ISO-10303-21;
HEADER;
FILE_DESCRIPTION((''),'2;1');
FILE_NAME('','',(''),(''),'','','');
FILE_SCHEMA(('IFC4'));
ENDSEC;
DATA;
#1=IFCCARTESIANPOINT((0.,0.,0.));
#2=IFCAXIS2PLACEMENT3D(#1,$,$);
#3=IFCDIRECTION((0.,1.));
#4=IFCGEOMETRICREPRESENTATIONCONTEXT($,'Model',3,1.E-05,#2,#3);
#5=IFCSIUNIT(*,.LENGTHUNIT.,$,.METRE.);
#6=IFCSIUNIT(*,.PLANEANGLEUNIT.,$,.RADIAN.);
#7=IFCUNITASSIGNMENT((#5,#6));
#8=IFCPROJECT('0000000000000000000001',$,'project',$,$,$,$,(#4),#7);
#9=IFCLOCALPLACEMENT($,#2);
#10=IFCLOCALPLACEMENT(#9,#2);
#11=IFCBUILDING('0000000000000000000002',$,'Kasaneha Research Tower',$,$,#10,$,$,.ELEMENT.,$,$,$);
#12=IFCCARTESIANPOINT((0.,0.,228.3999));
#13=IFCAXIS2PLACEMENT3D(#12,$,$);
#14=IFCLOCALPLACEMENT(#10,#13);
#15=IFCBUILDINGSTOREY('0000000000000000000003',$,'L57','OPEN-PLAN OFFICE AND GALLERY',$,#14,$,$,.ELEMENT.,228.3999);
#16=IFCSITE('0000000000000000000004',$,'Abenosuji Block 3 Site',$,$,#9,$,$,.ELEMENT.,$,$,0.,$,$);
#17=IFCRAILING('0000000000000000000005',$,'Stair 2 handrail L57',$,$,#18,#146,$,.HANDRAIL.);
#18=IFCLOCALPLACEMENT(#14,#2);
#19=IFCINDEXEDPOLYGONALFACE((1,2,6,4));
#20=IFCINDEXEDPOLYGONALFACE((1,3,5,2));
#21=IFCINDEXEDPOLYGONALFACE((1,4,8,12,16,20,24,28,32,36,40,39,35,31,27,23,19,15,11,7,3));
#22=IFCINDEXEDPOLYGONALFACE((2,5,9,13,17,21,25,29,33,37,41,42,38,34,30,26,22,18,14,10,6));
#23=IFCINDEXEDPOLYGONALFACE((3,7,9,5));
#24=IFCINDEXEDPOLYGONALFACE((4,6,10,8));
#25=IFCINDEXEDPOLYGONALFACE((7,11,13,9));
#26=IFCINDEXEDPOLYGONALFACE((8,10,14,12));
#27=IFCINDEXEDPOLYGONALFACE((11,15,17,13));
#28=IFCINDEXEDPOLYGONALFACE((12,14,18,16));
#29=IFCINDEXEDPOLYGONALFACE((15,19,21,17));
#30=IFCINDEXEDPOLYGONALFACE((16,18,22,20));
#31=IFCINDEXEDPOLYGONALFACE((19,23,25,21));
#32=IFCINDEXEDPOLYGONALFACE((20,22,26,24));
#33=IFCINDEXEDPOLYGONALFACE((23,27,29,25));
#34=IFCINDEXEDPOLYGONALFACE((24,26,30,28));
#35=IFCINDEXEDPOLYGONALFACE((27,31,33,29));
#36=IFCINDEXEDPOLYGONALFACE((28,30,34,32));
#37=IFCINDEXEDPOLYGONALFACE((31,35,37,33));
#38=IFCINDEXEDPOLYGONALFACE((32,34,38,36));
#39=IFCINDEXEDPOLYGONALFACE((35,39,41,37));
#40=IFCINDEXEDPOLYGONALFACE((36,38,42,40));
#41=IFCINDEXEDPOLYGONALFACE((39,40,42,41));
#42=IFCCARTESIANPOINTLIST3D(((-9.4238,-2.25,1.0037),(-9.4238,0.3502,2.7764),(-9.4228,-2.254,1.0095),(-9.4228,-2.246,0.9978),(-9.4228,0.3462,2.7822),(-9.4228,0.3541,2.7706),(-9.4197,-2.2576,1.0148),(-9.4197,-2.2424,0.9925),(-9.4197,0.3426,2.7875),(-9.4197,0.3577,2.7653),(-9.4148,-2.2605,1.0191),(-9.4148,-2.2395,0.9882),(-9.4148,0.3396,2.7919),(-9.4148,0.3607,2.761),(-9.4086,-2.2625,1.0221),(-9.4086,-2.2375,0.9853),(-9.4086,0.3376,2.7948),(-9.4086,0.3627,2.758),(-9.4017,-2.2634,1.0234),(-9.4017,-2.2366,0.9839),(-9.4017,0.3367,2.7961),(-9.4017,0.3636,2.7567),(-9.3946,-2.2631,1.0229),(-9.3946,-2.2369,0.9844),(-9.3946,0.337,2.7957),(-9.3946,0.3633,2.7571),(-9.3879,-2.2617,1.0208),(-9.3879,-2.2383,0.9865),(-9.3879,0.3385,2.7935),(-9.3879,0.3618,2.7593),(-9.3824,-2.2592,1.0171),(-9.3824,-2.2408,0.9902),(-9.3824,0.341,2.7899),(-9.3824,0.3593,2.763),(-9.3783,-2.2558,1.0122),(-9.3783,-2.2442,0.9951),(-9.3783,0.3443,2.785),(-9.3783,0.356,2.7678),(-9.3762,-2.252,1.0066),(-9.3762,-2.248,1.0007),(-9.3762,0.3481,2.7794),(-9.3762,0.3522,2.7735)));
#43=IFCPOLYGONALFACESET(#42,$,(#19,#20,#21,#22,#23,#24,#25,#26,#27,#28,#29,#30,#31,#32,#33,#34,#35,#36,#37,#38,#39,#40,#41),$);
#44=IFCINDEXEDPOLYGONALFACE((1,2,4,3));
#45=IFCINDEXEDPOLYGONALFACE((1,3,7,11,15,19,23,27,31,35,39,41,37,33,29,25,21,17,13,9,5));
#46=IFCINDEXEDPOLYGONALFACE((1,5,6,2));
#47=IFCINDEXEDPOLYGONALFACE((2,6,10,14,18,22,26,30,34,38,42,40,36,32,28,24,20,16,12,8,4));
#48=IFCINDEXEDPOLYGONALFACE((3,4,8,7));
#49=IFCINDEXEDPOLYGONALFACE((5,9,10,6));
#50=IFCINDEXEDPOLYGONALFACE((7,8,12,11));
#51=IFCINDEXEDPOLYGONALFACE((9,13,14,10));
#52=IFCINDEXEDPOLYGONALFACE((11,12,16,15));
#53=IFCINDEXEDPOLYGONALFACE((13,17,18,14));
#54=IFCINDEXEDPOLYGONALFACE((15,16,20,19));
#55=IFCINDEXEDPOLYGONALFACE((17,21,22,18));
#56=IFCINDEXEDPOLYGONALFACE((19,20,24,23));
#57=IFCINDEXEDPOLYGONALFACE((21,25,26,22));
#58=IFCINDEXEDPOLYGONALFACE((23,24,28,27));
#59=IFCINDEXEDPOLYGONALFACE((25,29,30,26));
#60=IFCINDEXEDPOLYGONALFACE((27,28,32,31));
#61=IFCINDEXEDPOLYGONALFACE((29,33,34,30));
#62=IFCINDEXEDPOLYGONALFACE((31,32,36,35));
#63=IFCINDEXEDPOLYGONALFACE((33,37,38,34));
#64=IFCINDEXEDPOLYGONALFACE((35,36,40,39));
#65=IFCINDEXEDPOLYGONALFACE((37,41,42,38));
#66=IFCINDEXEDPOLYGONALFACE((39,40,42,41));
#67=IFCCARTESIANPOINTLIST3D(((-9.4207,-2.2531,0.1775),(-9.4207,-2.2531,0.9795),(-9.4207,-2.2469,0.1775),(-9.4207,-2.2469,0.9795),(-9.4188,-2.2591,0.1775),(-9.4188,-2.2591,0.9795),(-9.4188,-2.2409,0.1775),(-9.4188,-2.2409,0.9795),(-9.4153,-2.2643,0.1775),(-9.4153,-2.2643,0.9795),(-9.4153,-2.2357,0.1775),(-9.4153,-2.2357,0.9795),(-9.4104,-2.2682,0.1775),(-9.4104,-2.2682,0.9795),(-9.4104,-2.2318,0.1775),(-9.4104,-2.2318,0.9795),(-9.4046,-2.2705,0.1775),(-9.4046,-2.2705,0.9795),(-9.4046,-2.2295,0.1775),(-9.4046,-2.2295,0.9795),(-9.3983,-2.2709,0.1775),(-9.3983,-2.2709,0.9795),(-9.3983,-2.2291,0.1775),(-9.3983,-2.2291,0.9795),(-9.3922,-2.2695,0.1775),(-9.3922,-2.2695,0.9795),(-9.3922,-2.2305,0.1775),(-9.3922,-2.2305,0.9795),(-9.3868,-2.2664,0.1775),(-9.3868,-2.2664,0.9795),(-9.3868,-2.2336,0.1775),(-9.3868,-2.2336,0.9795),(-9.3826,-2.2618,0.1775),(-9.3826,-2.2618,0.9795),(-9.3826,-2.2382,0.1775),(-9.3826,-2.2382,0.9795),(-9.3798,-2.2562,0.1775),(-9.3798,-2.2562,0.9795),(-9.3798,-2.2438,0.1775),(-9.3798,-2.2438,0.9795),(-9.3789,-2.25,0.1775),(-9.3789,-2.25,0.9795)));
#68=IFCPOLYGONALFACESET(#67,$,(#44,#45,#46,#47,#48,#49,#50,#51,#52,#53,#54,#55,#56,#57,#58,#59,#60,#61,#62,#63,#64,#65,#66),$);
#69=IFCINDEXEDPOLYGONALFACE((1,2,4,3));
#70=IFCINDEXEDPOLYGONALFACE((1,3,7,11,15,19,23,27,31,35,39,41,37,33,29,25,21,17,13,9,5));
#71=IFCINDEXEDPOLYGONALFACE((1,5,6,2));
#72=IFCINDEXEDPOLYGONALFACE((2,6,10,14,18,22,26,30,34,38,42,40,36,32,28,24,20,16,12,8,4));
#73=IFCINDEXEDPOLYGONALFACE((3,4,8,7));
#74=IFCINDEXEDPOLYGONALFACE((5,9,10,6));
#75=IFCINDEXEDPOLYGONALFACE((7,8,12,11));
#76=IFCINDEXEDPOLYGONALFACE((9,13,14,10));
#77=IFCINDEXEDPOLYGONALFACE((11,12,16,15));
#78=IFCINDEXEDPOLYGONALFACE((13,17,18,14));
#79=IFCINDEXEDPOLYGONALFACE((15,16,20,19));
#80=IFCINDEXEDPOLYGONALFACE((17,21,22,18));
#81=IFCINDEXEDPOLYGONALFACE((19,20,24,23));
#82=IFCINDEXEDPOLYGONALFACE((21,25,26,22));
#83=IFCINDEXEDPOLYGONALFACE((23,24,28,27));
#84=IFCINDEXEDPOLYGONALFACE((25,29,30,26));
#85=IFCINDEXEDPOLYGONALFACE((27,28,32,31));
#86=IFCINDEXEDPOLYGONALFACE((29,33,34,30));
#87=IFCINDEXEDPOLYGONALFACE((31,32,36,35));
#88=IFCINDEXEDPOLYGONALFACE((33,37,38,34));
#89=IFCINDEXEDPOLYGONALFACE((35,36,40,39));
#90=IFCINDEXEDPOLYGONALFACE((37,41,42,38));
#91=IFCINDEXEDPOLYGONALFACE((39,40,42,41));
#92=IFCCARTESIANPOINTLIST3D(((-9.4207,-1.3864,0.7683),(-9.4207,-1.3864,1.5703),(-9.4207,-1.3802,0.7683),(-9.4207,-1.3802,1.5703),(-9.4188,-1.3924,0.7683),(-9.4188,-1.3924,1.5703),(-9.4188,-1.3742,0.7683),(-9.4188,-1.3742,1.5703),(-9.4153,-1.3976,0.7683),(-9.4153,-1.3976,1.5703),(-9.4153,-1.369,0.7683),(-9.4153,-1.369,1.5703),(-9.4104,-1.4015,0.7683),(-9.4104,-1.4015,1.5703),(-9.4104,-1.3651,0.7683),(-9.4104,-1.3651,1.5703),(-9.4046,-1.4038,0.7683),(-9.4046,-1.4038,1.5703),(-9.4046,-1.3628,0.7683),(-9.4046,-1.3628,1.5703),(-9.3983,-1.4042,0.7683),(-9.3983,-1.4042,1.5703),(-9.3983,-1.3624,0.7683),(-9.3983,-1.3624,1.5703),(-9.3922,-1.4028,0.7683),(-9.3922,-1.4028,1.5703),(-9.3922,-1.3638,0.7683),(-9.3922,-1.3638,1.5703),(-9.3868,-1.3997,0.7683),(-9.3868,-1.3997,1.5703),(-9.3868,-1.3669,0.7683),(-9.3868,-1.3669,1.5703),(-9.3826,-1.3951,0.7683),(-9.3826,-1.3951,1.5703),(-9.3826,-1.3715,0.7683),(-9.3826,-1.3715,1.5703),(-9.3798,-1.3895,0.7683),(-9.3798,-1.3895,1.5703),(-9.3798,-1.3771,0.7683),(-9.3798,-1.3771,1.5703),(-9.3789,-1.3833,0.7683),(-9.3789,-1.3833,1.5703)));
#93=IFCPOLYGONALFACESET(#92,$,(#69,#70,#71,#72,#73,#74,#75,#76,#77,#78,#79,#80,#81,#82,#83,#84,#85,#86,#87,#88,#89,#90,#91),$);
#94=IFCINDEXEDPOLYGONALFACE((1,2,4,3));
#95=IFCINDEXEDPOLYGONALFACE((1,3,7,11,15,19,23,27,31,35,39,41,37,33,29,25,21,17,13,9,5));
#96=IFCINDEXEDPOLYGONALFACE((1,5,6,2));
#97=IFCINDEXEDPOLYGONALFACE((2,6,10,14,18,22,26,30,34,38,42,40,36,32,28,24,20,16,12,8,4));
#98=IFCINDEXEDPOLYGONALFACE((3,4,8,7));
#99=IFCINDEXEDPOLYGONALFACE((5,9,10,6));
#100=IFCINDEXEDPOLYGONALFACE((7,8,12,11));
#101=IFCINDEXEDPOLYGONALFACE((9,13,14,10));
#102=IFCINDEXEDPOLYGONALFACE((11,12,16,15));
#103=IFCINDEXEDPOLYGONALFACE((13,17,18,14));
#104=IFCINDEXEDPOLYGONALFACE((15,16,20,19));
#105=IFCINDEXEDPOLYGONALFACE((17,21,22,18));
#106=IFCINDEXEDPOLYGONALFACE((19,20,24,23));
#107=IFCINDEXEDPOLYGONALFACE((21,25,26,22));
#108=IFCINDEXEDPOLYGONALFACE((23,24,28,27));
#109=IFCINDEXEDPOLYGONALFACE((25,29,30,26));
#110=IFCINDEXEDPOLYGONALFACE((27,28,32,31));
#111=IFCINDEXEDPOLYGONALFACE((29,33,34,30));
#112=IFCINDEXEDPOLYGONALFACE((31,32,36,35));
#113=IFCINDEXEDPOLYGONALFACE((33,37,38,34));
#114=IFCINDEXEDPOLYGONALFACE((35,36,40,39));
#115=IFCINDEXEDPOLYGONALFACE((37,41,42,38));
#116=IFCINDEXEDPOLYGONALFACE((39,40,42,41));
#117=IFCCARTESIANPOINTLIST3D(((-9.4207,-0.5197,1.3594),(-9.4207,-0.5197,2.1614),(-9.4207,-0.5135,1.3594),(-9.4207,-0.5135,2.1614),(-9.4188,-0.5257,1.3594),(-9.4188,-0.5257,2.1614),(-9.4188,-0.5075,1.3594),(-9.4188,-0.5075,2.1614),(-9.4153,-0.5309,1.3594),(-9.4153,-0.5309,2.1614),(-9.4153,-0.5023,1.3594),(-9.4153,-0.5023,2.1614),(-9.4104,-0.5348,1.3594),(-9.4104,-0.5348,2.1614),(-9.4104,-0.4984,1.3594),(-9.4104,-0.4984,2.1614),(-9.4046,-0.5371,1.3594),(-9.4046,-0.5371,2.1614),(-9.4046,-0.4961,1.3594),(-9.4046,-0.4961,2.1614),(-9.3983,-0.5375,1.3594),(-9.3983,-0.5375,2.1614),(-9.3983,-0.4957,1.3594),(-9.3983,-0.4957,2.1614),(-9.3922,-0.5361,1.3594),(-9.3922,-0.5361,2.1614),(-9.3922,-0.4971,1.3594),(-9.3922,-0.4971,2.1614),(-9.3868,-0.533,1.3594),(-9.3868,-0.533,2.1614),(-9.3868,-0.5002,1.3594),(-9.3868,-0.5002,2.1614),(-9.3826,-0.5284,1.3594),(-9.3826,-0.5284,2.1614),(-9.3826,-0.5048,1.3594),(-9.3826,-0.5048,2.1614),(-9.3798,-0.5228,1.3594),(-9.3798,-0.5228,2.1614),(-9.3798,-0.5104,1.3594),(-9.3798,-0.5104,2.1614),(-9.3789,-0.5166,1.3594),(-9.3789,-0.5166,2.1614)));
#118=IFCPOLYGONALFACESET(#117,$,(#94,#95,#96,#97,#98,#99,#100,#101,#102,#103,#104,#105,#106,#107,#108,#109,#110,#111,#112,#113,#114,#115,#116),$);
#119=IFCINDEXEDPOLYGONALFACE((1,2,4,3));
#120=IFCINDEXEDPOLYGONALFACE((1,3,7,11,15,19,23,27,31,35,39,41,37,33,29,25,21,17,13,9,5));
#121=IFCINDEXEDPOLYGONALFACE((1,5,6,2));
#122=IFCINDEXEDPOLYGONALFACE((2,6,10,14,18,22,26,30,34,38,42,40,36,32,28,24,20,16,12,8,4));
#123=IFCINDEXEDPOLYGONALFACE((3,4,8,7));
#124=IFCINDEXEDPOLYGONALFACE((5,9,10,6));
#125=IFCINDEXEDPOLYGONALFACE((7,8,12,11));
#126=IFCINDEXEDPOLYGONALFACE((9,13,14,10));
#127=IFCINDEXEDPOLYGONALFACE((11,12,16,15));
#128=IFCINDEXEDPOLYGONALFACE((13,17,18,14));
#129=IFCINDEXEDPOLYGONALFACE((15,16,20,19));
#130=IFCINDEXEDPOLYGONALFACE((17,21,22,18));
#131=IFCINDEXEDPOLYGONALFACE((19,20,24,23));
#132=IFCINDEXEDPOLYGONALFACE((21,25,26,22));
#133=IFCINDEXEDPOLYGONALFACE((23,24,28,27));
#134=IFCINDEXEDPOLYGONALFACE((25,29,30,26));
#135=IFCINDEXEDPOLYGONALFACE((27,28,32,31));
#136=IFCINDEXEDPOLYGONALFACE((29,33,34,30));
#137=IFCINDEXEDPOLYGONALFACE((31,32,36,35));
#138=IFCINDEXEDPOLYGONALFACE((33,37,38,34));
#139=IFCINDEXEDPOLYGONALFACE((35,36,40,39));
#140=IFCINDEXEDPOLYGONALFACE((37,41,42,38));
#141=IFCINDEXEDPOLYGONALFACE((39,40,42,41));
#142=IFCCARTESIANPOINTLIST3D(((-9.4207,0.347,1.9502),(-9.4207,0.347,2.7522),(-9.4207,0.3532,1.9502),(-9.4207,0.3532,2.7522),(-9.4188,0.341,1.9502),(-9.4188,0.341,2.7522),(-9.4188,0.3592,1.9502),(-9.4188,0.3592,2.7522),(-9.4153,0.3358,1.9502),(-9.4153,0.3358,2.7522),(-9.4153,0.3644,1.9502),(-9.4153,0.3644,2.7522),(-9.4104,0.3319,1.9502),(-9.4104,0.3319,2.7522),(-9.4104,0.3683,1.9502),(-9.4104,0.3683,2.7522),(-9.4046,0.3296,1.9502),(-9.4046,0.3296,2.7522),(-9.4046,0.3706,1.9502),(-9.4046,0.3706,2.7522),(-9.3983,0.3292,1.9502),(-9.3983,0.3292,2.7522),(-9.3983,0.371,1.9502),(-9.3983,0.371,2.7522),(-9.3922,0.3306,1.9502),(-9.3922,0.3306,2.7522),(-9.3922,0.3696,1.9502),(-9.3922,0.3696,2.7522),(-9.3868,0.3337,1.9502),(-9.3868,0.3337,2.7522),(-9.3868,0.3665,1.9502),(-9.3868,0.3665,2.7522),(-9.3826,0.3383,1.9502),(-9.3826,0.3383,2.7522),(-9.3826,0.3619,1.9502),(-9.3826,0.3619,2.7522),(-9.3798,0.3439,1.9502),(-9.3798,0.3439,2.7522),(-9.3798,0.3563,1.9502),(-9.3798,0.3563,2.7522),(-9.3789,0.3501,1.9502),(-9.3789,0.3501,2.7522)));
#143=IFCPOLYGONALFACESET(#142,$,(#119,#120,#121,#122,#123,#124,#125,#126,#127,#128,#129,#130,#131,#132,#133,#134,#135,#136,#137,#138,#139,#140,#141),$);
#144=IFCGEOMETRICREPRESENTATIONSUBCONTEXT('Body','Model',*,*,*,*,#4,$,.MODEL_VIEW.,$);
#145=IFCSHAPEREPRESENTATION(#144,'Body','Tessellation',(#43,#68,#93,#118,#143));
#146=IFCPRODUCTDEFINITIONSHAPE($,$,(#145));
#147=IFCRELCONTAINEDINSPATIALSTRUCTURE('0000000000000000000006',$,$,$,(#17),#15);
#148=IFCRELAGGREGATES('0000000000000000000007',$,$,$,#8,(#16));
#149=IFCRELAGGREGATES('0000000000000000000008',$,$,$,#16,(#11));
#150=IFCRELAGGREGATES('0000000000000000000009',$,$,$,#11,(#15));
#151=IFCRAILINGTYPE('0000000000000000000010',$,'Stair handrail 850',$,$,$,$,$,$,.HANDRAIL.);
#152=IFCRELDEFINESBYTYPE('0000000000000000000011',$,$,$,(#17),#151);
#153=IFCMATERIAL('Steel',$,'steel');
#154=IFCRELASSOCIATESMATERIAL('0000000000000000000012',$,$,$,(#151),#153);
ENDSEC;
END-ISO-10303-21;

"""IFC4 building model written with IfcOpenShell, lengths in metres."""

from ifc_helpers import new_model, si_unit, direction, frame, origin, origin_2d, place, context, subcontext, project, spatial, circle, extrude, material, type_object, element, save


model = new_model("IFC4")

# Units and contexts
model_context = context("Model", 3, precision=1e-05, world=origin(), true_north=direction((0.0, 1.0)))
body_context = subcontext(model_context, "Body", "Model", "MODEL_VIEW")
ifc_project = project(units=[si_unit("LENGTHUNIT", "METRE"), si_unit("PLANEANGLEUNIT", "RADIAN")], contexts=[model_context])

# Site, building, storey
site_placement = place(None, origin())
site = spatial("IfcSite", under=ifc_project, at=site_placement, Name="Abenosuji Block 3 Site", CompositionType="ELEMENT", RefElevation=0.0)
building_placement = place(site_placement, origin())
building = spatial("IfcBuilding", under=site, at=building_placement, Name="Kasaneha Research Tower", CompositionType="ELEMENT")
storey_placement = place(building_placement, frame((0.0, 0.0, 228.3999)))
storey = spatial("IfcBuildingStorey", under=building, at=storey_placement, Name="L57", Description="OPEN-PLAN OFFICE AND GALLERY", CompositionType="ELEMENT", Elevation=228.3999)

# Railing
ifc_material_1 = material(Name="Steel", Category="steel")
railing_type = type_object("IfcRailingType", Name="Stair handrail 850", PredefinedType="HANDRAIL", material=ifc_material_1)
railing_placement = place(storey_placement, frame((-9.3999, -2.25, 0.1775)))
element("IfcRailing", 1, at=railing_placement, inside=storey, type_object=railing_type, Name="Stair 2 handrail L57", PredefinedType="HANDRAIL", context=body_context, shape_type="SweptSolid", body=[
    extrude(circle(Radius=0.0239, at=origin_2d()), frame((0.0, 0.0, 0.8262), z_axis=(0.0, 0.82624, 0.563318), x_axis=(-1.0, 0.0, 0.0)), (0.0, 0.0, 1.0), 3.147),
    extrude(circle(Radius=0.021, at=origin_2d()), origin(), (0.0, 0.0, 1.0), 0.802),
    extrude(circle(Radius=0.021, at=origin_2d()), frame((0.0, 0.8667, 0.5908)), (0.0, 0.0, 1.0), 0.802),
    extrude(circle(Radius=0.021, at=origin_2d()), frame((0.0, 1.7334, 1.1819)), (0.0, 0.0, 1.0), 0.802),
    extrude(circle(Radius=0.021, at=origin_2d()), frame((0.0, 2.6001, 1.7727)), (0.0, 0.0, 1.0), 0.802),
])

save(model, "model.ifc")
